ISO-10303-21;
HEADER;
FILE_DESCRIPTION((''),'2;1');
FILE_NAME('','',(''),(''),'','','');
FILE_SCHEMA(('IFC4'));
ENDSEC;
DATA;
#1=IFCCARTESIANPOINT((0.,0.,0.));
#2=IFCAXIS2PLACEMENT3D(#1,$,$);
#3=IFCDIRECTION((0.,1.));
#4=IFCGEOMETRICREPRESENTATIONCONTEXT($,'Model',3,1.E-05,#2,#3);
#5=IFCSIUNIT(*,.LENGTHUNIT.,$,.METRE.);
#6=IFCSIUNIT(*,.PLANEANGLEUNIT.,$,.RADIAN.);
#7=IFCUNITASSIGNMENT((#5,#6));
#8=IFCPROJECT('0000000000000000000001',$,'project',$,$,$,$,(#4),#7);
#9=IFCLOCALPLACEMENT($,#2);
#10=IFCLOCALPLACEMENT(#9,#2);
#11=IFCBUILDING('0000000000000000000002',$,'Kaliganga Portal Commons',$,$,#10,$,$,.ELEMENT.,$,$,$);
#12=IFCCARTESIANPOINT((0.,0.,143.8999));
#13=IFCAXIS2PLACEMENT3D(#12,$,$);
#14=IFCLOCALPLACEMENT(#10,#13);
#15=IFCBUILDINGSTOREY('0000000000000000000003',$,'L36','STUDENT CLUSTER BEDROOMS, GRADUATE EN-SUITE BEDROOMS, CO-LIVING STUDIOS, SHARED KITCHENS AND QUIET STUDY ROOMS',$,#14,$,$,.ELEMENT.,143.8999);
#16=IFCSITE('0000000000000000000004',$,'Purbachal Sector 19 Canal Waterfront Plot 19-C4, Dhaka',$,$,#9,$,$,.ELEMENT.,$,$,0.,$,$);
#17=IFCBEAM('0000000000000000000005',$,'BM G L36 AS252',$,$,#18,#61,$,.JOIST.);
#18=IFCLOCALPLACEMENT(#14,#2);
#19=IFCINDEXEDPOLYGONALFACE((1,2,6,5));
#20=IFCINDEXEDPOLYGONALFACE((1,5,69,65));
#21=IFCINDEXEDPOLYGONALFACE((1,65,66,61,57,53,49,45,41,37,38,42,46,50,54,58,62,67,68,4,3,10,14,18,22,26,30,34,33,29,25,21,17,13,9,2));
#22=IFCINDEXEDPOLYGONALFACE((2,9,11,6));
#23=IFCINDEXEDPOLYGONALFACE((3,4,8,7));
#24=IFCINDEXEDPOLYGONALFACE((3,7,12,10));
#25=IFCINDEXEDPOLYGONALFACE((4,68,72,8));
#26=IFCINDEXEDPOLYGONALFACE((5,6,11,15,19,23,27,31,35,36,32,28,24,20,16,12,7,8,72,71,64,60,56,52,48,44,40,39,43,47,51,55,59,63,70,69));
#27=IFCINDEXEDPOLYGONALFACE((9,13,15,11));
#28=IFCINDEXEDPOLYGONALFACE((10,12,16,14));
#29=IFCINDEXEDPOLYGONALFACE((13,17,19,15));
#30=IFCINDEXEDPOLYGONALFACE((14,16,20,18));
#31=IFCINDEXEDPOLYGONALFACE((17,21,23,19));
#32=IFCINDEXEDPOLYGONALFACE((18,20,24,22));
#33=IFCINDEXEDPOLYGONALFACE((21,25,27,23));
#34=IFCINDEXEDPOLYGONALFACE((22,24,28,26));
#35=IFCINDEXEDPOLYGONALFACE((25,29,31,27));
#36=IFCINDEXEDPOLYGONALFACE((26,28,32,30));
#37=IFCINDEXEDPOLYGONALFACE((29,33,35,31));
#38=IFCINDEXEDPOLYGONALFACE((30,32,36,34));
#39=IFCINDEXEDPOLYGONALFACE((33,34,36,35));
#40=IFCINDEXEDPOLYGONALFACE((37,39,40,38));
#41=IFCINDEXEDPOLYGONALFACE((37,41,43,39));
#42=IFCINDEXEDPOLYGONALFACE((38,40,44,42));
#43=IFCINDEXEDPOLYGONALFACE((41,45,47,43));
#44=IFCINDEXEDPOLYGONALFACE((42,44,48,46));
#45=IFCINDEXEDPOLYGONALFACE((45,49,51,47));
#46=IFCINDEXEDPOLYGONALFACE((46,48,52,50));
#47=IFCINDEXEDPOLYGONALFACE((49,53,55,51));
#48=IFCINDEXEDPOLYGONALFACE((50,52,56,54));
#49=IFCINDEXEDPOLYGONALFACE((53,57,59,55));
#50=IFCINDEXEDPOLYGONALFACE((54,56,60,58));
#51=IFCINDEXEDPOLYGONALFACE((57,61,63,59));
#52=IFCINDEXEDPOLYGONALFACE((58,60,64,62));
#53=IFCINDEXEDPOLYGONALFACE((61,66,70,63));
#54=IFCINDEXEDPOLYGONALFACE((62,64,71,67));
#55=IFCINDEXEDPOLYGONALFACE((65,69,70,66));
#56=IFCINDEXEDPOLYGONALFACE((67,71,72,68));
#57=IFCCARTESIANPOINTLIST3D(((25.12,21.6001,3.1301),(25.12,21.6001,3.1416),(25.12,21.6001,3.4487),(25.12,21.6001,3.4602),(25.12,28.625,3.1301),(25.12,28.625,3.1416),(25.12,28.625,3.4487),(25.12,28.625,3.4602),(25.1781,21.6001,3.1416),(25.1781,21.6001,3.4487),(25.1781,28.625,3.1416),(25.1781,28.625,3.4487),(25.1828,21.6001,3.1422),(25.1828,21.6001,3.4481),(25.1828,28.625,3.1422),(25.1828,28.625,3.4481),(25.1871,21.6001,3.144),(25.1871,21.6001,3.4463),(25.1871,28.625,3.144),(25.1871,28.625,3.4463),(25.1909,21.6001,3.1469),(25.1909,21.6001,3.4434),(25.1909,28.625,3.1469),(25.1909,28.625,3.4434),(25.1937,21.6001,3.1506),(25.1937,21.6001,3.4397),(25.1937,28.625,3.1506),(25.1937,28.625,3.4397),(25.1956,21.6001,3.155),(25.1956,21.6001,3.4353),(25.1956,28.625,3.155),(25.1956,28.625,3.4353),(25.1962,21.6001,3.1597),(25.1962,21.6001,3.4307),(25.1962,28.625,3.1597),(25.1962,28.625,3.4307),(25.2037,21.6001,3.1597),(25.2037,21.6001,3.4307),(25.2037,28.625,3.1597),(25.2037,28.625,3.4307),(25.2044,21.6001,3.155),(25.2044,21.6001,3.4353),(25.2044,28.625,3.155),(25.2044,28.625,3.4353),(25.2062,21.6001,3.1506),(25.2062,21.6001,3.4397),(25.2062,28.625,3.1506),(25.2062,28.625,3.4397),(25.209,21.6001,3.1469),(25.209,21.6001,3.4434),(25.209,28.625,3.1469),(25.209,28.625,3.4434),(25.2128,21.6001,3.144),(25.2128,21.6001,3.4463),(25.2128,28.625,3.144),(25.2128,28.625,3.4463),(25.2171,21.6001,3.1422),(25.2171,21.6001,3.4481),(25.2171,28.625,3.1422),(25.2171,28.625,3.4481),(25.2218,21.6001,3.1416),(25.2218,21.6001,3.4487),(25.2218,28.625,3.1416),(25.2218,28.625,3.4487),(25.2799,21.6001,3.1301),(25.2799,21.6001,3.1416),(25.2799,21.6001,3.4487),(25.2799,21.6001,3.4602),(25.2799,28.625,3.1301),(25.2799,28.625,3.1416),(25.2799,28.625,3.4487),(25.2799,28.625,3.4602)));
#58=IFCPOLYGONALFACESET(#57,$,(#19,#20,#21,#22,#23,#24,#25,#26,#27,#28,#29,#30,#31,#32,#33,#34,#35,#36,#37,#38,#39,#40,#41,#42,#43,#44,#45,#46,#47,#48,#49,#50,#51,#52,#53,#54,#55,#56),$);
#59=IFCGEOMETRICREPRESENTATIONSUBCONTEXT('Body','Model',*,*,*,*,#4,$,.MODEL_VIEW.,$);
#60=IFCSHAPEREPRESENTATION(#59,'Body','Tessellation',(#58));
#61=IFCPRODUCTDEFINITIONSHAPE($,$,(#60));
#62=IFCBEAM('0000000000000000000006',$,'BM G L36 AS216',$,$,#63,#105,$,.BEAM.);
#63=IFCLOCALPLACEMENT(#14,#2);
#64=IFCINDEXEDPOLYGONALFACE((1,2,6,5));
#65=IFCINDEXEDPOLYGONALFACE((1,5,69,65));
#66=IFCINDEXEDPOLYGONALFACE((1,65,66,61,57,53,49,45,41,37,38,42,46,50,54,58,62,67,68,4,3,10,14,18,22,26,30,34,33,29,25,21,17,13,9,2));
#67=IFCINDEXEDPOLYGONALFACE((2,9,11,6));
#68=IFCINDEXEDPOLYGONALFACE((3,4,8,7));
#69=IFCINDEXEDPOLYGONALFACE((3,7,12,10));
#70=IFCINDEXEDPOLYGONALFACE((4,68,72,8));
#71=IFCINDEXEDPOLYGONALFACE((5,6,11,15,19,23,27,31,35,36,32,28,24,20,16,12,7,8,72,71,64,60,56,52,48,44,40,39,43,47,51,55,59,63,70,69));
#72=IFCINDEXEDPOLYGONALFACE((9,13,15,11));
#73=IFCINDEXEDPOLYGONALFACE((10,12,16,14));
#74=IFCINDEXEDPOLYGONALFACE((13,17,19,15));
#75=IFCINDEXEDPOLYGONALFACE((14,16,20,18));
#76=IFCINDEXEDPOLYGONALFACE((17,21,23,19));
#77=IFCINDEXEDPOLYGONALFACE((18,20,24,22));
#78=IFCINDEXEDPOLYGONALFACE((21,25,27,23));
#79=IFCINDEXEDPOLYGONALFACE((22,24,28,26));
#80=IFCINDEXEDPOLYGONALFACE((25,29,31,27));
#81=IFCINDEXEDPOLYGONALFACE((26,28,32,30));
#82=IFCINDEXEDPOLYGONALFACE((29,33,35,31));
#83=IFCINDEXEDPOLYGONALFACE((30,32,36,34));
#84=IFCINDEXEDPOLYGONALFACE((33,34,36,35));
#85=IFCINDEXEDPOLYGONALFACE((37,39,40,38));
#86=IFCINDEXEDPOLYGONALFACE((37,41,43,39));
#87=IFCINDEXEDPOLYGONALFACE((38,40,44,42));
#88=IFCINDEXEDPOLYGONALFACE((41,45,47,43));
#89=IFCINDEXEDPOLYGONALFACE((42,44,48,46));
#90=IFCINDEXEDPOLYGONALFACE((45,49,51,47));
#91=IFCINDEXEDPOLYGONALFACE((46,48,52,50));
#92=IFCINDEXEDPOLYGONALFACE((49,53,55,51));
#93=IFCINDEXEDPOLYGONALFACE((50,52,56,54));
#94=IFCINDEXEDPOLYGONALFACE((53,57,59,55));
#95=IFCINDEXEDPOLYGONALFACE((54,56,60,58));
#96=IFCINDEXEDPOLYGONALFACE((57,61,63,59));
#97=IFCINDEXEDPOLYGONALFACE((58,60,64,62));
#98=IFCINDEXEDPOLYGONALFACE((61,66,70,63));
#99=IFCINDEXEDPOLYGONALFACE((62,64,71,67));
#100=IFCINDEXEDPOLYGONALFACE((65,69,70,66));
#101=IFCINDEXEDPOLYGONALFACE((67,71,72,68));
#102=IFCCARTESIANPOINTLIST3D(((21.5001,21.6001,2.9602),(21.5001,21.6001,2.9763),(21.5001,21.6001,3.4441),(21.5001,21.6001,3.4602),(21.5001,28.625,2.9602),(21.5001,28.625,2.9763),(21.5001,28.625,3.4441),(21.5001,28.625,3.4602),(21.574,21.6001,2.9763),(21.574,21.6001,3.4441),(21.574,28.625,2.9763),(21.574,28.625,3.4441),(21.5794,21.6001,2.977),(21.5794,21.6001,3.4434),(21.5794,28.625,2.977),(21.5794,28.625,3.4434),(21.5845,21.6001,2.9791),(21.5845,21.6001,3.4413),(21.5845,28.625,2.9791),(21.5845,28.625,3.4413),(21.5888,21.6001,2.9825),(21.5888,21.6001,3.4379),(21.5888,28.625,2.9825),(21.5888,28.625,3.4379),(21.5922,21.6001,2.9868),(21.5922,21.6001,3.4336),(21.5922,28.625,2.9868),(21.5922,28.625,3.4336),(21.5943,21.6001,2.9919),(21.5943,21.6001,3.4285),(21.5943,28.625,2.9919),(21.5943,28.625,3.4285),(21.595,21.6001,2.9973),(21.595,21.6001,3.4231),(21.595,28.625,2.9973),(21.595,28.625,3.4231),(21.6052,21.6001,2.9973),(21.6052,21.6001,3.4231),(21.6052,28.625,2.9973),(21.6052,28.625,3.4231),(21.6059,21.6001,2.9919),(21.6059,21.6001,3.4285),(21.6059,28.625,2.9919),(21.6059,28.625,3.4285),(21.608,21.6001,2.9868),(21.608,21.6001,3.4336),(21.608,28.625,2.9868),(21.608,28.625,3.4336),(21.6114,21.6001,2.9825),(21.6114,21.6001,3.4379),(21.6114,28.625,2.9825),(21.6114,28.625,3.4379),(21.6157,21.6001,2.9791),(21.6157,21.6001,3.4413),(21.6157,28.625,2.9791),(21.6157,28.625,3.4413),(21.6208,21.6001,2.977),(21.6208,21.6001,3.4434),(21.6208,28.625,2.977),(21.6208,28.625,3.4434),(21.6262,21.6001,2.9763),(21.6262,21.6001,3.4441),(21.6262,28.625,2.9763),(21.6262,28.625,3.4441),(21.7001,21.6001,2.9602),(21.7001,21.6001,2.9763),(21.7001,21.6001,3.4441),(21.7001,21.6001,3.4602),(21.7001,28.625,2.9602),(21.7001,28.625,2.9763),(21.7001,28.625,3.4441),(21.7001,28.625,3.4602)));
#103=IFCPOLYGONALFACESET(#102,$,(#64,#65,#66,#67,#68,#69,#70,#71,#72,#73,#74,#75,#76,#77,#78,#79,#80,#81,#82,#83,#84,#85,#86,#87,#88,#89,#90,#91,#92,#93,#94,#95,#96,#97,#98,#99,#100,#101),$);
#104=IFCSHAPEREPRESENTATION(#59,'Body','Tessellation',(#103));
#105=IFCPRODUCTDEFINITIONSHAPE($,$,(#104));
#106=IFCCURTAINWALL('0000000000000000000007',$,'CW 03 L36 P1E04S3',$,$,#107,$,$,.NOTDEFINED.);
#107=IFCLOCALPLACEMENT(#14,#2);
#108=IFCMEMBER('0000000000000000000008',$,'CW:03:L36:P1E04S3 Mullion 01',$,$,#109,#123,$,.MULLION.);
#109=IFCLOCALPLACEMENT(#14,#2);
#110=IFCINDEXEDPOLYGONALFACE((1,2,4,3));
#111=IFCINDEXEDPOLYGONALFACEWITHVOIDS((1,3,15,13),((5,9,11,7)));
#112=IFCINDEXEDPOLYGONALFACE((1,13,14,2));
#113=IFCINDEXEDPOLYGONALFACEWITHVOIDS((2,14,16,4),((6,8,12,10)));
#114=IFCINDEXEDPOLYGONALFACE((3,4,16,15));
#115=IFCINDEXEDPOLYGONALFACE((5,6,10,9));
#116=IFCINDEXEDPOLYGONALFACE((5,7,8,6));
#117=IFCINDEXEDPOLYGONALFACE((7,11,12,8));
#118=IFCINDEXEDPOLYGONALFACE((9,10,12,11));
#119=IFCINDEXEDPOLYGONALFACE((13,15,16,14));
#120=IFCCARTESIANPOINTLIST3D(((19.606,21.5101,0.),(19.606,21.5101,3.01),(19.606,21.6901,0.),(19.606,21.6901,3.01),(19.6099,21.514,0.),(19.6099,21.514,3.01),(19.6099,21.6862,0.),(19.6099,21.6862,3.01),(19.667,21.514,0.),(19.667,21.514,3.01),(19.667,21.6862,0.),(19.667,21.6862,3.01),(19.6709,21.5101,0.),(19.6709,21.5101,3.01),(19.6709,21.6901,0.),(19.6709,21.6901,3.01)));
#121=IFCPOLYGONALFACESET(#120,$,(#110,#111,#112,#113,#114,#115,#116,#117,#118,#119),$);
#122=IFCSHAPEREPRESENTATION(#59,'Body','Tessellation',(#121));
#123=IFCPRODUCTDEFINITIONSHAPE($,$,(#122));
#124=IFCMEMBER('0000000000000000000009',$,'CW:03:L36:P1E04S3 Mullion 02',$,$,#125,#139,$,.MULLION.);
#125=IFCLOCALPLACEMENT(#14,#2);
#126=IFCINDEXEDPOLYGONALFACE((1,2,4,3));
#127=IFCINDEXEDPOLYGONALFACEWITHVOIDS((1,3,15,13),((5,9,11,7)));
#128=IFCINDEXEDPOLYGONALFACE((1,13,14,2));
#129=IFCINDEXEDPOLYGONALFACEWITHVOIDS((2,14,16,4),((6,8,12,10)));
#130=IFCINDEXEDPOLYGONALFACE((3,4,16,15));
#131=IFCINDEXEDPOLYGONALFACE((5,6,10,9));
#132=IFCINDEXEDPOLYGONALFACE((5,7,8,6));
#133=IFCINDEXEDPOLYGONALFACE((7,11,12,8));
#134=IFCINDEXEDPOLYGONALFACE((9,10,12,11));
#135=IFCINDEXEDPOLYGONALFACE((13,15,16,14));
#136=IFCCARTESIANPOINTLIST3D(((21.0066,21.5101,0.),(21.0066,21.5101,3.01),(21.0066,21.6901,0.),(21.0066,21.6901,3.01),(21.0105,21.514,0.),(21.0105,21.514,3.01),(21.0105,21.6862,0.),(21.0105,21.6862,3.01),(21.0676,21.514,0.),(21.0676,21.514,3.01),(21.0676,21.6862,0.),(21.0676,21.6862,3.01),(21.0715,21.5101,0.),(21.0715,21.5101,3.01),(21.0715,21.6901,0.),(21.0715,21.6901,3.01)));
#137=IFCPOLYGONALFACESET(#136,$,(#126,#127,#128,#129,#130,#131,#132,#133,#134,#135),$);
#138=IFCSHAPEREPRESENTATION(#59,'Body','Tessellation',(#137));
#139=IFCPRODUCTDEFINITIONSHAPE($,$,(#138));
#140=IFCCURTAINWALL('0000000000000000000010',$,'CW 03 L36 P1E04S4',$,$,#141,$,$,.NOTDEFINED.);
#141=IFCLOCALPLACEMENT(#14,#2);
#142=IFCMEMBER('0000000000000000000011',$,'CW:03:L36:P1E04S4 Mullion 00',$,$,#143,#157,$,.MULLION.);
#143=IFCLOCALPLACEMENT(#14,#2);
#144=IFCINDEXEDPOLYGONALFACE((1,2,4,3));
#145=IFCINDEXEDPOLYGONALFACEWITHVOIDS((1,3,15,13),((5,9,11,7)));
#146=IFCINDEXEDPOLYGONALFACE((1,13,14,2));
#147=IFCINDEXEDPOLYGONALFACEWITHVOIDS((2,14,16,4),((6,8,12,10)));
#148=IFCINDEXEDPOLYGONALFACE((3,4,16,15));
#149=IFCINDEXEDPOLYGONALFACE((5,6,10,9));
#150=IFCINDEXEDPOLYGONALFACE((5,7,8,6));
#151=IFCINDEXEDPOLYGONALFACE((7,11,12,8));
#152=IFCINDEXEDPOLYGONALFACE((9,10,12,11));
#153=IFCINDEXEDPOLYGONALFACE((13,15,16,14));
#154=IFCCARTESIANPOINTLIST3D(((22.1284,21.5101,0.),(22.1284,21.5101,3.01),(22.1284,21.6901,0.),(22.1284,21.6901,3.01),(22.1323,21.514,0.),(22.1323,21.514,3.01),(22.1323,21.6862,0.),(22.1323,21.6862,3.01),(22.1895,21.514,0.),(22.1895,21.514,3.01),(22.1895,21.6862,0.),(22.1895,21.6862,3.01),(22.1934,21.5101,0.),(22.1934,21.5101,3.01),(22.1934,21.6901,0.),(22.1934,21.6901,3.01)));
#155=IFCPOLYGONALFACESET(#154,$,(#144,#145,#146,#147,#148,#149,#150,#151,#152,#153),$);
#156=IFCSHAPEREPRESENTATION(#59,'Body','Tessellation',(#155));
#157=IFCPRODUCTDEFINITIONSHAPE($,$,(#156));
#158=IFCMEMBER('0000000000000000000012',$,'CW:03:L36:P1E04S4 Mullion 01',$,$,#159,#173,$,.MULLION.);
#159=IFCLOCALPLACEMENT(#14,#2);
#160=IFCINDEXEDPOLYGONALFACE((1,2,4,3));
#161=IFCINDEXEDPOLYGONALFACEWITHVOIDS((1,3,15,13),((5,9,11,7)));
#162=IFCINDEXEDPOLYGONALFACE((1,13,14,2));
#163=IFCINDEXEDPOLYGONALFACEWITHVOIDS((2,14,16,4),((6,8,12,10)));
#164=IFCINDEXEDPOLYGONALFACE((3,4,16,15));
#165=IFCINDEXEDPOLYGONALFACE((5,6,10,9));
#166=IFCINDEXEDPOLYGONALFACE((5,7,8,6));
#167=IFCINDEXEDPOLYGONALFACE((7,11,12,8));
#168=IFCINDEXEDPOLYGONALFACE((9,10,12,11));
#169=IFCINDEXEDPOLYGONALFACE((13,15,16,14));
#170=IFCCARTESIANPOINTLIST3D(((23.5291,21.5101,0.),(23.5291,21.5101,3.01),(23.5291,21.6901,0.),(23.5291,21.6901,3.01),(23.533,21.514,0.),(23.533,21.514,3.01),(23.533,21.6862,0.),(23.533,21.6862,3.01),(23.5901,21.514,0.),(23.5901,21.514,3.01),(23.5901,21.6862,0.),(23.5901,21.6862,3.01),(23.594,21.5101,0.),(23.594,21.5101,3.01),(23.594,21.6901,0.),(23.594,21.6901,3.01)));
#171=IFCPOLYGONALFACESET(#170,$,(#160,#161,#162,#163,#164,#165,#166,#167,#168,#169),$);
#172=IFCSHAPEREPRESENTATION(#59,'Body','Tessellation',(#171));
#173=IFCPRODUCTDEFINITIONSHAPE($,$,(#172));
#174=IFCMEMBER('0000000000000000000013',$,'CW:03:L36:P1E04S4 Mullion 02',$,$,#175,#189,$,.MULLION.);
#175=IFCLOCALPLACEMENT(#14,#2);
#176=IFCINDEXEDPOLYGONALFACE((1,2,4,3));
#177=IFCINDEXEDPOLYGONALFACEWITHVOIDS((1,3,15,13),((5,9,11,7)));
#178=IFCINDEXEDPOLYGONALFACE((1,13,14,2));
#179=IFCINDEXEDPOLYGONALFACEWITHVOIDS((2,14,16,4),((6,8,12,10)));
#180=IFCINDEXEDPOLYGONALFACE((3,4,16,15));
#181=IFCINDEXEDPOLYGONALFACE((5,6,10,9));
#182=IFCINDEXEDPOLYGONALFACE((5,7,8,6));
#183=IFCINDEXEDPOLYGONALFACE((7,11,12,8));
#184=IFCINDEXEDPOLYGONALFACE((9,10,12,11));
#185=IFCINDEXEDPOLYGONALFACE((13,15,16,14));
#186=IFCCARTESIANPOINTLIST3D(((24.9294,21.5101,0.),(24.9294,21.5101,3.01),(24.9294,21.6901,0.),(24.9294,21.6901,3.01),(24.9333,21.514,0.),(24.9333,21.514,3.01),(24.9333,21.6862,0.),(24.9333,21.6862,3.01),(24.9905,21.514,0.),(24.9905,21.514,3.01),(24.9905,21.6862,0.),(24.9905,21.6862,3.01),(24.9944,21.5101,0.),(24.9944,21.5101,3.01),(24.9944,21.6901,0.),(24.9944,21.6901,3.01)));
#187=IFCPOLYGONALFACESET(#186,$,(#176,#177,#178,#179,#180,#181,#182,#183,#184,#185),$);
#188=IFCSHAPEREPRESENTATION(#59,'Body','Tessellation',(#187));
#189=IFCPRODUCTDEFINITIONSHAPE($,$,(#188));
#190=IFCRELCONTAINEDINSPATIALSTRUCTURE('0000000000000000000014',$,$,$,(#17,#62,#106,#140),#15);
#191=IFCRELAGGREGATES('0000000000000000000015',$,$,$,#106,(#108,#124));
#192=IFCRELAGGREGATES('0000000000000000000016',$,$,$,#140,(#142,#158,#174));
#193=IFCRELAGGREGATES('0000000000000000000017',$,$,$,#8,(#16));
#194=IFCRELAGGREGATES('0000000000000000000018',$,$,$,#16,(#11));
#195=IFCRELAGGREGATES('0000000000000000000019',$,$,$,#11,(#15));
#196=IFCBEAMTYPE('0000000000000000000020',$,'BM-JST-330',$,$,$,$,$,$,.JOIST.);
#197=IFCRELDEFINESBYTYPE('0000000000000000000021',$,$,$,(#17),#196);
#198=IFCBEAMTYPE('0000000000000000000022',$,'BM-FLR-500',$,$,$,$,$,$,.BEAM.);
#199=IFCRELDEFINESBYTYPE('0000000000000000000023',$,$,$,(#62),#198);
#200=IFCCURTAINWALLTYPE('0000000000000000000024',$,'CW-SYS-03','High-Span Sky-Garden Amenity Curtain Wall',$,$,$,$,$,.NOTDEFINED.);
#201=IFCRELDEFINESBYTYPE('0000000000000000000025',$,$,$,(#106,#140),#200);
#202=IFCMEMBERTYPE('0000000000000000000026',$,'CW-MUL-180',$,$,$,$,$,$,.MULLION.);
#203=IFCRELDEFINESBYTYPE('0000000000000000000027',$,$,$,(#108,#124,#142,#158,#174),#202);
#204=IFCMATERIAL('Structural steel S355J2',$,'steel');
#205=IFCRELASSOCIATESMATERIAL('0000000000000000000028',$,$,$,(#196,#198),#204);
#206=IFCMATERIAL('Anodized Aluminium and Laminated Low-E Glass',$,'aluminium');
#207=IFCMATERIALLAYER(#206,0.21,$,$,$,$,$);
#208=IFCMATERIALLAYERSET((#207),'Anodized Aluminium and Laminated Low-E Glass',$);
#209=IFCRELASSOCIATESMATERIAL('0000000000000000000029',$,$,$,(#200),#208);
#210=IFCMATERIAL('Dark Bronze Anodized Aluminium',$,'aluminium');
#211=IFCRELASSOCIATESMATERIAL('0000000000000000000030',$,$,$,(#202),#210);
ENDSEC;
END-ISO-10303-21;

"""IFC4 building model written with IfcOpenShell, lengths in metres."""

from ifc_helpers import new_model, si_unit, direction, frame, origin, origin_2d, place, context, subcontext, project, spatial, hollow_rectangle, i_section, extrude, source, transform, mapped, material, layer, layer_set, material_profile, profile_set, type_object, element, aggregate, save


model = new_model("IFC4")

# Units and contexts
model_context = context("Model", 3, precision=1e-05, world=origin(), true_north=direction((0.0, 1.0)))
body_context = subcontext(model_context, "Body", "Model", "MODEL_VIEW")
ifc_project = project(units=[si_unit("LENGTHUNIT", "METRE"), si_unit("PLANEANGLEUNIT", "RADIAN")], contexts=[model_context])

# Site, building, storey
site_placement = place(None, origin())
site = spatial("IfcSite", under=ifc_project, at=site_placement, Name="Purbachal Sector 19 Canal Waterfront Plot 19-C4, Dhaka", CompositionType="ELEMENT", RefElevation=0.0)
building_placement = place(site_placement, origin())
building = spatial("IfcBuilding", under=site, at=building_placement, Name="Kaliganga Portal Commons", CompositionType="ELEMENT")
storey_placement = place(building_placement, frame((0.0, 0.0, 143.8999)))
storey = spatial("IfcBuildingStorey", under=building, at=storey_placement, Name="L36", Description="STUDENT CLUSTER BEDROOMS, GRADUATE EN-SUITE BEDROOMS, CO-LIVING STUDIOS, SHARED KITCHENS AND QUIET STUDY ROOMS", CompositionType="ELEMENT", Elevation=143.8999)

# Beams
ifc_material_1 = material(Name="Structural steel S355J2", Category="steel")
ifc_material_profile_1 = material_profile(ifc_material_1, i_section(OverallWidth=0.1599, OverallDepth=0.3301, WebThickness=0.0076, FlangeThickness=0.0115, FilletRadius=0.0181, at=origin_2d()), Name="IPE 330")
ifc_profile_set_1 = profile_set([ifc_material_profile_1], Name="Structural steel S355J2 wide-flange")
beam_type_1 = type_object("IfcBeamType", Name="BM-JST-330", PredefinedType="JOIST", material=ifc_profile_set_1)
shared_shape_1 = source(origin(), body_context, "Body", "SweptSolid", [
    extrude(i_section(OverallWidth=0.1599, OverallDepth=0.3301, WebThickness=0.0076, FlangeThickness=0.0115, FilletRadius=0.0181, at=origin_2d()), origin(), (0.0, 0.0, 1.0), 7.0249),
])
beam_1_placement = place(storey_placement, frame((25.2, 21.6001, 3.2952), z_axis=(0.0, 1.0, 0.0), x_axis=(-1.0, 0.0, 0.0)))
element("IfcBeam", 1, at=beam_1_placement, inside=storey, type_object=beam_type_1, Name="BM G L36 AS252", PredefinedType="JOIST", context=body_context, shape_type="MappedRepresentation", body=[
    mapped(shared_shape_1, transform((0.0, 0.0, 0.0), x_axis=(1.0, 0.0, 0.0), y_axis=(0.0, 1.0, 0.0), z_axis=(0.0, 0.0, 1.0), scale=1.0)),
])
ifc_material_profile_2 = material_profile(ifc_material_1, i_section(OverallWidth=0.2, OverallDepth=0.5, WebThickness=0.0103, FlangeThickness=0.0161, FilletRadius=0.021, at=origin_2d()), Name="IPE 500")
ifc_profile_set_2 = profile_set([ifc_material_profile_2], Name="Structural steel S355J2 wide-flange")
beam_type_2 = type_object("IfcBeamType", Name="BM-FLR-500", PredefinedType="BEAM", material=ifc_profile_set_2)
shared_shape_2 = source(origin(), body_context, "Body", "SweptSolid", [
    extrude(i_section(OverallWidth=0.2, OverallDepth=0.5, WebThickness=0.0103, FlangeThickness=0.0161, FilletRadius=0.021, at=origin_2d()), origin(), (0.0, 0.0, 1.0), 7.0249),
])
beam_2_placement = place(storey_placement, frame((21.6001, 21.6001, 3.2102), z_axis=(0.0, 1.0, 0.0), x_axis=(-1.0, 0.0, 0.0)))
element("IfcBeam", 2, at=beam_2_placement, inside=storey, type_object=beam_type_2, Name="BM G L36 AS216", PredefinedType="BEAM", context=body_context, shape_type="MappedRepresentation", body=[
    mapped(shared_shape_2, transform((0.0, 0.0, 0.0), x_axis=(1.0, 0.0, 0.0), y_axis=(0.0, 1.0, 0.0), z_axis=(0.0, 0.0, 1.0), scale=1.0)),
])

# Curtain walls, members
ifc_material_2 = material(Name="Anodized Aluminium and Laminated Low-E Glass", Category="aluminium")
ifc_layer_1 = layer(ifc_material_2, 0.21)
ifc_layer_set_1 = layer_set([ifc_layer_1], Name="Anodized Aluminium and Laminated Low-E Glass")
curtain_wall_type = type_object("IfcCurtainWallType", Name="CW-SYS-03", Description="High-Span Sky-Garden Amenity Curtain Wall", PredefinedType="NOTDEFINED", material=ifc_layer_set_1)
curtain_wall_1_placement = place(storey_placement, origin())
curtain_wall_1 = element("IfcCurtainWall", 3, at=curtain_wall_1_placement, inside=storey, type_object=curtain_wall_type, Name="CW 03 L36 P1E04S3", PredefinedType="NOTDEFINED")
ifc_material_3 = material(Name="Dark Bronze Anodized Aluminium", Category="aluminium")
ifc_material_profile_3 = material_profile(ifc_material_3, hollow_rectangle(XDim=0.0649, YDim=0.1799, WallThickness=0.0039, at=origin_2d()), Name="ALU MULL 65x180x4")
ifc_profile_set_3 = profile_set([ifc_material_profile_3], Name="Dark Bronze Anodized Aluminium")
member_type_1 = type_object("IfcMemberType", Name="CW-MUL-180", PredefinedType="MULLION", material=ifc_profile_set_3)
shared_shape_3 = source(origin(), body_context, "Body", "SweptSolid", [
    extrude(hollow_rectangle(XDim=0.0649, YDim=0.1799, WallThickness=0.0039, at=origin_2d()), origin(), (0.0, 0.0, 1.0), 3.01),
])
member_1_placement = place(storey_placement, frame((19.6384, 21.6001, 0.0), z_axis=(0.0, 0.0, 1.0), x_axis=(1.0, 0.0, 0.0)))
member_1 = element("IfcMember", 4, at=member_1_placement, type_object=member_type_1, Name="CW:03:L36:P1E04S3 Mullion 01", PredefinedType="MULLION", context=body_context, shape_type="MappedRepresentation", body=[
    mapped(shared_shape_3, transform((0.0, 0.0, 0.0), x_axis=(1.0, 0.0, 0.0), y_axis=(0.0, 1.0, 0.0), z_axis=(0.0, 0.0, 1.0), scale=1.0)),
])
member_2_placement = place(storey_placement, frame((21.0391, 21.6001, 0.0), z_axis=(0.0, 0.0, 1.0), x_axis=(1.0, 0.0, 0.0)))
member_2 = element("IfcMember", 5, at=member_2_placement, type_object=member_type_1, Name="CW:03:L36:P1E04S3 Mullion 02", PredefinedType="MULLION", context=body_context, shape_type="MappedRepresentation", body=[
    mapped(shared_shape_3, transform((0.0, 0.0, 0.0), x_axis=(1.0, 0.0, 0.0), y_axis=(0.0, 1.0, 0.0), z_axis=(0.0, 0.0, 1.0), scale=1.0)),
])
curtain_wall_2_placement = place(storey_placement, origin())
curtain_wall_2 = element("IfcCurtainWall", 6, at=curtain_wall_2_placement, inside=storey, type_object=curtain_wall_type, Name="CW 03 L36 P1E04S4", PredefinedType="NOTDEFINED")
member_3_placement = place(storey_placement, frame((22.1609, 21.6001, 0.0), z_axis=(0.0, 0.0, 1.0), x_axis=(1.0, 0.0, 0.0)))
member_3 = element("IfcMember", 7, at=member_3_placement, type_object=member_type_1, Name="CW:03:L36:P1E04S4 Mullion 00", PredefinedType="MULLION", context=body_context, shape_type="MappedRepresentation", body=[
    mapped(shared_shape_3, transform((0.0, 0.0, 0.0), x_axis=(1.0, 0.0, 0.0), y_axis=(0.0, 1.0, 0.0), z_axis=(0.0, 0.0, 1.0), scale=1.0)),
])
member_4_placement = place(storey_placement, frame((23.5615, 21.6001, 0.0), z_axis=(0.0, 0.0, 1.0), x_axis=(1.0, 0.0, 0.0)))
member_4 = element("IfcMember", 8, at=member_4_placement, type_object=member_type_1, Name="CW:03:L36:P1E04S4 Mullion 01", PredefinedType="MULLION", context=body_context, shape_type="MappedRepresentation", body=[
    mapped(shared_shape_3, transform((0.0, 0.0, 0.0), x_axis=(1.0, 0.0, 0.0), y_axis=(0.0, 1.0, 0.0), z_axis=(0.0, 0.0, 1.0), scale=1.0)),
])
member_5_placement = place(storey_placement, frame((24.9619, 21.6001, 0.0), z_axis=(0.0, 0.0, 1.0), x_axis=(1.0, 0.0, 0.0)))
member_5 = element("IfcMember", 9, at=member_5_placement, type_object=member_type_1, Name="CW:03:L36:P1E04S4 Mullion 02", PredefinedType="MULLION", context=body_context, shape_type="MappedRepresentation", body=[
    mapped(shared_shape_3, transform((0.0, 0.0, 0.0), x_axis=(1.0, 0.0, 0.0), y_axis=(0.0, 1.0, 0.0), z_axis=(0.0, 0.0, 1.0), scale=1.0)),
])

aggregate(curtain_wall_1, [member_1, member_2])
aggregate(curtain_wall_2, [member_3, member_4, member_5])

save(model, "model.ifc")
